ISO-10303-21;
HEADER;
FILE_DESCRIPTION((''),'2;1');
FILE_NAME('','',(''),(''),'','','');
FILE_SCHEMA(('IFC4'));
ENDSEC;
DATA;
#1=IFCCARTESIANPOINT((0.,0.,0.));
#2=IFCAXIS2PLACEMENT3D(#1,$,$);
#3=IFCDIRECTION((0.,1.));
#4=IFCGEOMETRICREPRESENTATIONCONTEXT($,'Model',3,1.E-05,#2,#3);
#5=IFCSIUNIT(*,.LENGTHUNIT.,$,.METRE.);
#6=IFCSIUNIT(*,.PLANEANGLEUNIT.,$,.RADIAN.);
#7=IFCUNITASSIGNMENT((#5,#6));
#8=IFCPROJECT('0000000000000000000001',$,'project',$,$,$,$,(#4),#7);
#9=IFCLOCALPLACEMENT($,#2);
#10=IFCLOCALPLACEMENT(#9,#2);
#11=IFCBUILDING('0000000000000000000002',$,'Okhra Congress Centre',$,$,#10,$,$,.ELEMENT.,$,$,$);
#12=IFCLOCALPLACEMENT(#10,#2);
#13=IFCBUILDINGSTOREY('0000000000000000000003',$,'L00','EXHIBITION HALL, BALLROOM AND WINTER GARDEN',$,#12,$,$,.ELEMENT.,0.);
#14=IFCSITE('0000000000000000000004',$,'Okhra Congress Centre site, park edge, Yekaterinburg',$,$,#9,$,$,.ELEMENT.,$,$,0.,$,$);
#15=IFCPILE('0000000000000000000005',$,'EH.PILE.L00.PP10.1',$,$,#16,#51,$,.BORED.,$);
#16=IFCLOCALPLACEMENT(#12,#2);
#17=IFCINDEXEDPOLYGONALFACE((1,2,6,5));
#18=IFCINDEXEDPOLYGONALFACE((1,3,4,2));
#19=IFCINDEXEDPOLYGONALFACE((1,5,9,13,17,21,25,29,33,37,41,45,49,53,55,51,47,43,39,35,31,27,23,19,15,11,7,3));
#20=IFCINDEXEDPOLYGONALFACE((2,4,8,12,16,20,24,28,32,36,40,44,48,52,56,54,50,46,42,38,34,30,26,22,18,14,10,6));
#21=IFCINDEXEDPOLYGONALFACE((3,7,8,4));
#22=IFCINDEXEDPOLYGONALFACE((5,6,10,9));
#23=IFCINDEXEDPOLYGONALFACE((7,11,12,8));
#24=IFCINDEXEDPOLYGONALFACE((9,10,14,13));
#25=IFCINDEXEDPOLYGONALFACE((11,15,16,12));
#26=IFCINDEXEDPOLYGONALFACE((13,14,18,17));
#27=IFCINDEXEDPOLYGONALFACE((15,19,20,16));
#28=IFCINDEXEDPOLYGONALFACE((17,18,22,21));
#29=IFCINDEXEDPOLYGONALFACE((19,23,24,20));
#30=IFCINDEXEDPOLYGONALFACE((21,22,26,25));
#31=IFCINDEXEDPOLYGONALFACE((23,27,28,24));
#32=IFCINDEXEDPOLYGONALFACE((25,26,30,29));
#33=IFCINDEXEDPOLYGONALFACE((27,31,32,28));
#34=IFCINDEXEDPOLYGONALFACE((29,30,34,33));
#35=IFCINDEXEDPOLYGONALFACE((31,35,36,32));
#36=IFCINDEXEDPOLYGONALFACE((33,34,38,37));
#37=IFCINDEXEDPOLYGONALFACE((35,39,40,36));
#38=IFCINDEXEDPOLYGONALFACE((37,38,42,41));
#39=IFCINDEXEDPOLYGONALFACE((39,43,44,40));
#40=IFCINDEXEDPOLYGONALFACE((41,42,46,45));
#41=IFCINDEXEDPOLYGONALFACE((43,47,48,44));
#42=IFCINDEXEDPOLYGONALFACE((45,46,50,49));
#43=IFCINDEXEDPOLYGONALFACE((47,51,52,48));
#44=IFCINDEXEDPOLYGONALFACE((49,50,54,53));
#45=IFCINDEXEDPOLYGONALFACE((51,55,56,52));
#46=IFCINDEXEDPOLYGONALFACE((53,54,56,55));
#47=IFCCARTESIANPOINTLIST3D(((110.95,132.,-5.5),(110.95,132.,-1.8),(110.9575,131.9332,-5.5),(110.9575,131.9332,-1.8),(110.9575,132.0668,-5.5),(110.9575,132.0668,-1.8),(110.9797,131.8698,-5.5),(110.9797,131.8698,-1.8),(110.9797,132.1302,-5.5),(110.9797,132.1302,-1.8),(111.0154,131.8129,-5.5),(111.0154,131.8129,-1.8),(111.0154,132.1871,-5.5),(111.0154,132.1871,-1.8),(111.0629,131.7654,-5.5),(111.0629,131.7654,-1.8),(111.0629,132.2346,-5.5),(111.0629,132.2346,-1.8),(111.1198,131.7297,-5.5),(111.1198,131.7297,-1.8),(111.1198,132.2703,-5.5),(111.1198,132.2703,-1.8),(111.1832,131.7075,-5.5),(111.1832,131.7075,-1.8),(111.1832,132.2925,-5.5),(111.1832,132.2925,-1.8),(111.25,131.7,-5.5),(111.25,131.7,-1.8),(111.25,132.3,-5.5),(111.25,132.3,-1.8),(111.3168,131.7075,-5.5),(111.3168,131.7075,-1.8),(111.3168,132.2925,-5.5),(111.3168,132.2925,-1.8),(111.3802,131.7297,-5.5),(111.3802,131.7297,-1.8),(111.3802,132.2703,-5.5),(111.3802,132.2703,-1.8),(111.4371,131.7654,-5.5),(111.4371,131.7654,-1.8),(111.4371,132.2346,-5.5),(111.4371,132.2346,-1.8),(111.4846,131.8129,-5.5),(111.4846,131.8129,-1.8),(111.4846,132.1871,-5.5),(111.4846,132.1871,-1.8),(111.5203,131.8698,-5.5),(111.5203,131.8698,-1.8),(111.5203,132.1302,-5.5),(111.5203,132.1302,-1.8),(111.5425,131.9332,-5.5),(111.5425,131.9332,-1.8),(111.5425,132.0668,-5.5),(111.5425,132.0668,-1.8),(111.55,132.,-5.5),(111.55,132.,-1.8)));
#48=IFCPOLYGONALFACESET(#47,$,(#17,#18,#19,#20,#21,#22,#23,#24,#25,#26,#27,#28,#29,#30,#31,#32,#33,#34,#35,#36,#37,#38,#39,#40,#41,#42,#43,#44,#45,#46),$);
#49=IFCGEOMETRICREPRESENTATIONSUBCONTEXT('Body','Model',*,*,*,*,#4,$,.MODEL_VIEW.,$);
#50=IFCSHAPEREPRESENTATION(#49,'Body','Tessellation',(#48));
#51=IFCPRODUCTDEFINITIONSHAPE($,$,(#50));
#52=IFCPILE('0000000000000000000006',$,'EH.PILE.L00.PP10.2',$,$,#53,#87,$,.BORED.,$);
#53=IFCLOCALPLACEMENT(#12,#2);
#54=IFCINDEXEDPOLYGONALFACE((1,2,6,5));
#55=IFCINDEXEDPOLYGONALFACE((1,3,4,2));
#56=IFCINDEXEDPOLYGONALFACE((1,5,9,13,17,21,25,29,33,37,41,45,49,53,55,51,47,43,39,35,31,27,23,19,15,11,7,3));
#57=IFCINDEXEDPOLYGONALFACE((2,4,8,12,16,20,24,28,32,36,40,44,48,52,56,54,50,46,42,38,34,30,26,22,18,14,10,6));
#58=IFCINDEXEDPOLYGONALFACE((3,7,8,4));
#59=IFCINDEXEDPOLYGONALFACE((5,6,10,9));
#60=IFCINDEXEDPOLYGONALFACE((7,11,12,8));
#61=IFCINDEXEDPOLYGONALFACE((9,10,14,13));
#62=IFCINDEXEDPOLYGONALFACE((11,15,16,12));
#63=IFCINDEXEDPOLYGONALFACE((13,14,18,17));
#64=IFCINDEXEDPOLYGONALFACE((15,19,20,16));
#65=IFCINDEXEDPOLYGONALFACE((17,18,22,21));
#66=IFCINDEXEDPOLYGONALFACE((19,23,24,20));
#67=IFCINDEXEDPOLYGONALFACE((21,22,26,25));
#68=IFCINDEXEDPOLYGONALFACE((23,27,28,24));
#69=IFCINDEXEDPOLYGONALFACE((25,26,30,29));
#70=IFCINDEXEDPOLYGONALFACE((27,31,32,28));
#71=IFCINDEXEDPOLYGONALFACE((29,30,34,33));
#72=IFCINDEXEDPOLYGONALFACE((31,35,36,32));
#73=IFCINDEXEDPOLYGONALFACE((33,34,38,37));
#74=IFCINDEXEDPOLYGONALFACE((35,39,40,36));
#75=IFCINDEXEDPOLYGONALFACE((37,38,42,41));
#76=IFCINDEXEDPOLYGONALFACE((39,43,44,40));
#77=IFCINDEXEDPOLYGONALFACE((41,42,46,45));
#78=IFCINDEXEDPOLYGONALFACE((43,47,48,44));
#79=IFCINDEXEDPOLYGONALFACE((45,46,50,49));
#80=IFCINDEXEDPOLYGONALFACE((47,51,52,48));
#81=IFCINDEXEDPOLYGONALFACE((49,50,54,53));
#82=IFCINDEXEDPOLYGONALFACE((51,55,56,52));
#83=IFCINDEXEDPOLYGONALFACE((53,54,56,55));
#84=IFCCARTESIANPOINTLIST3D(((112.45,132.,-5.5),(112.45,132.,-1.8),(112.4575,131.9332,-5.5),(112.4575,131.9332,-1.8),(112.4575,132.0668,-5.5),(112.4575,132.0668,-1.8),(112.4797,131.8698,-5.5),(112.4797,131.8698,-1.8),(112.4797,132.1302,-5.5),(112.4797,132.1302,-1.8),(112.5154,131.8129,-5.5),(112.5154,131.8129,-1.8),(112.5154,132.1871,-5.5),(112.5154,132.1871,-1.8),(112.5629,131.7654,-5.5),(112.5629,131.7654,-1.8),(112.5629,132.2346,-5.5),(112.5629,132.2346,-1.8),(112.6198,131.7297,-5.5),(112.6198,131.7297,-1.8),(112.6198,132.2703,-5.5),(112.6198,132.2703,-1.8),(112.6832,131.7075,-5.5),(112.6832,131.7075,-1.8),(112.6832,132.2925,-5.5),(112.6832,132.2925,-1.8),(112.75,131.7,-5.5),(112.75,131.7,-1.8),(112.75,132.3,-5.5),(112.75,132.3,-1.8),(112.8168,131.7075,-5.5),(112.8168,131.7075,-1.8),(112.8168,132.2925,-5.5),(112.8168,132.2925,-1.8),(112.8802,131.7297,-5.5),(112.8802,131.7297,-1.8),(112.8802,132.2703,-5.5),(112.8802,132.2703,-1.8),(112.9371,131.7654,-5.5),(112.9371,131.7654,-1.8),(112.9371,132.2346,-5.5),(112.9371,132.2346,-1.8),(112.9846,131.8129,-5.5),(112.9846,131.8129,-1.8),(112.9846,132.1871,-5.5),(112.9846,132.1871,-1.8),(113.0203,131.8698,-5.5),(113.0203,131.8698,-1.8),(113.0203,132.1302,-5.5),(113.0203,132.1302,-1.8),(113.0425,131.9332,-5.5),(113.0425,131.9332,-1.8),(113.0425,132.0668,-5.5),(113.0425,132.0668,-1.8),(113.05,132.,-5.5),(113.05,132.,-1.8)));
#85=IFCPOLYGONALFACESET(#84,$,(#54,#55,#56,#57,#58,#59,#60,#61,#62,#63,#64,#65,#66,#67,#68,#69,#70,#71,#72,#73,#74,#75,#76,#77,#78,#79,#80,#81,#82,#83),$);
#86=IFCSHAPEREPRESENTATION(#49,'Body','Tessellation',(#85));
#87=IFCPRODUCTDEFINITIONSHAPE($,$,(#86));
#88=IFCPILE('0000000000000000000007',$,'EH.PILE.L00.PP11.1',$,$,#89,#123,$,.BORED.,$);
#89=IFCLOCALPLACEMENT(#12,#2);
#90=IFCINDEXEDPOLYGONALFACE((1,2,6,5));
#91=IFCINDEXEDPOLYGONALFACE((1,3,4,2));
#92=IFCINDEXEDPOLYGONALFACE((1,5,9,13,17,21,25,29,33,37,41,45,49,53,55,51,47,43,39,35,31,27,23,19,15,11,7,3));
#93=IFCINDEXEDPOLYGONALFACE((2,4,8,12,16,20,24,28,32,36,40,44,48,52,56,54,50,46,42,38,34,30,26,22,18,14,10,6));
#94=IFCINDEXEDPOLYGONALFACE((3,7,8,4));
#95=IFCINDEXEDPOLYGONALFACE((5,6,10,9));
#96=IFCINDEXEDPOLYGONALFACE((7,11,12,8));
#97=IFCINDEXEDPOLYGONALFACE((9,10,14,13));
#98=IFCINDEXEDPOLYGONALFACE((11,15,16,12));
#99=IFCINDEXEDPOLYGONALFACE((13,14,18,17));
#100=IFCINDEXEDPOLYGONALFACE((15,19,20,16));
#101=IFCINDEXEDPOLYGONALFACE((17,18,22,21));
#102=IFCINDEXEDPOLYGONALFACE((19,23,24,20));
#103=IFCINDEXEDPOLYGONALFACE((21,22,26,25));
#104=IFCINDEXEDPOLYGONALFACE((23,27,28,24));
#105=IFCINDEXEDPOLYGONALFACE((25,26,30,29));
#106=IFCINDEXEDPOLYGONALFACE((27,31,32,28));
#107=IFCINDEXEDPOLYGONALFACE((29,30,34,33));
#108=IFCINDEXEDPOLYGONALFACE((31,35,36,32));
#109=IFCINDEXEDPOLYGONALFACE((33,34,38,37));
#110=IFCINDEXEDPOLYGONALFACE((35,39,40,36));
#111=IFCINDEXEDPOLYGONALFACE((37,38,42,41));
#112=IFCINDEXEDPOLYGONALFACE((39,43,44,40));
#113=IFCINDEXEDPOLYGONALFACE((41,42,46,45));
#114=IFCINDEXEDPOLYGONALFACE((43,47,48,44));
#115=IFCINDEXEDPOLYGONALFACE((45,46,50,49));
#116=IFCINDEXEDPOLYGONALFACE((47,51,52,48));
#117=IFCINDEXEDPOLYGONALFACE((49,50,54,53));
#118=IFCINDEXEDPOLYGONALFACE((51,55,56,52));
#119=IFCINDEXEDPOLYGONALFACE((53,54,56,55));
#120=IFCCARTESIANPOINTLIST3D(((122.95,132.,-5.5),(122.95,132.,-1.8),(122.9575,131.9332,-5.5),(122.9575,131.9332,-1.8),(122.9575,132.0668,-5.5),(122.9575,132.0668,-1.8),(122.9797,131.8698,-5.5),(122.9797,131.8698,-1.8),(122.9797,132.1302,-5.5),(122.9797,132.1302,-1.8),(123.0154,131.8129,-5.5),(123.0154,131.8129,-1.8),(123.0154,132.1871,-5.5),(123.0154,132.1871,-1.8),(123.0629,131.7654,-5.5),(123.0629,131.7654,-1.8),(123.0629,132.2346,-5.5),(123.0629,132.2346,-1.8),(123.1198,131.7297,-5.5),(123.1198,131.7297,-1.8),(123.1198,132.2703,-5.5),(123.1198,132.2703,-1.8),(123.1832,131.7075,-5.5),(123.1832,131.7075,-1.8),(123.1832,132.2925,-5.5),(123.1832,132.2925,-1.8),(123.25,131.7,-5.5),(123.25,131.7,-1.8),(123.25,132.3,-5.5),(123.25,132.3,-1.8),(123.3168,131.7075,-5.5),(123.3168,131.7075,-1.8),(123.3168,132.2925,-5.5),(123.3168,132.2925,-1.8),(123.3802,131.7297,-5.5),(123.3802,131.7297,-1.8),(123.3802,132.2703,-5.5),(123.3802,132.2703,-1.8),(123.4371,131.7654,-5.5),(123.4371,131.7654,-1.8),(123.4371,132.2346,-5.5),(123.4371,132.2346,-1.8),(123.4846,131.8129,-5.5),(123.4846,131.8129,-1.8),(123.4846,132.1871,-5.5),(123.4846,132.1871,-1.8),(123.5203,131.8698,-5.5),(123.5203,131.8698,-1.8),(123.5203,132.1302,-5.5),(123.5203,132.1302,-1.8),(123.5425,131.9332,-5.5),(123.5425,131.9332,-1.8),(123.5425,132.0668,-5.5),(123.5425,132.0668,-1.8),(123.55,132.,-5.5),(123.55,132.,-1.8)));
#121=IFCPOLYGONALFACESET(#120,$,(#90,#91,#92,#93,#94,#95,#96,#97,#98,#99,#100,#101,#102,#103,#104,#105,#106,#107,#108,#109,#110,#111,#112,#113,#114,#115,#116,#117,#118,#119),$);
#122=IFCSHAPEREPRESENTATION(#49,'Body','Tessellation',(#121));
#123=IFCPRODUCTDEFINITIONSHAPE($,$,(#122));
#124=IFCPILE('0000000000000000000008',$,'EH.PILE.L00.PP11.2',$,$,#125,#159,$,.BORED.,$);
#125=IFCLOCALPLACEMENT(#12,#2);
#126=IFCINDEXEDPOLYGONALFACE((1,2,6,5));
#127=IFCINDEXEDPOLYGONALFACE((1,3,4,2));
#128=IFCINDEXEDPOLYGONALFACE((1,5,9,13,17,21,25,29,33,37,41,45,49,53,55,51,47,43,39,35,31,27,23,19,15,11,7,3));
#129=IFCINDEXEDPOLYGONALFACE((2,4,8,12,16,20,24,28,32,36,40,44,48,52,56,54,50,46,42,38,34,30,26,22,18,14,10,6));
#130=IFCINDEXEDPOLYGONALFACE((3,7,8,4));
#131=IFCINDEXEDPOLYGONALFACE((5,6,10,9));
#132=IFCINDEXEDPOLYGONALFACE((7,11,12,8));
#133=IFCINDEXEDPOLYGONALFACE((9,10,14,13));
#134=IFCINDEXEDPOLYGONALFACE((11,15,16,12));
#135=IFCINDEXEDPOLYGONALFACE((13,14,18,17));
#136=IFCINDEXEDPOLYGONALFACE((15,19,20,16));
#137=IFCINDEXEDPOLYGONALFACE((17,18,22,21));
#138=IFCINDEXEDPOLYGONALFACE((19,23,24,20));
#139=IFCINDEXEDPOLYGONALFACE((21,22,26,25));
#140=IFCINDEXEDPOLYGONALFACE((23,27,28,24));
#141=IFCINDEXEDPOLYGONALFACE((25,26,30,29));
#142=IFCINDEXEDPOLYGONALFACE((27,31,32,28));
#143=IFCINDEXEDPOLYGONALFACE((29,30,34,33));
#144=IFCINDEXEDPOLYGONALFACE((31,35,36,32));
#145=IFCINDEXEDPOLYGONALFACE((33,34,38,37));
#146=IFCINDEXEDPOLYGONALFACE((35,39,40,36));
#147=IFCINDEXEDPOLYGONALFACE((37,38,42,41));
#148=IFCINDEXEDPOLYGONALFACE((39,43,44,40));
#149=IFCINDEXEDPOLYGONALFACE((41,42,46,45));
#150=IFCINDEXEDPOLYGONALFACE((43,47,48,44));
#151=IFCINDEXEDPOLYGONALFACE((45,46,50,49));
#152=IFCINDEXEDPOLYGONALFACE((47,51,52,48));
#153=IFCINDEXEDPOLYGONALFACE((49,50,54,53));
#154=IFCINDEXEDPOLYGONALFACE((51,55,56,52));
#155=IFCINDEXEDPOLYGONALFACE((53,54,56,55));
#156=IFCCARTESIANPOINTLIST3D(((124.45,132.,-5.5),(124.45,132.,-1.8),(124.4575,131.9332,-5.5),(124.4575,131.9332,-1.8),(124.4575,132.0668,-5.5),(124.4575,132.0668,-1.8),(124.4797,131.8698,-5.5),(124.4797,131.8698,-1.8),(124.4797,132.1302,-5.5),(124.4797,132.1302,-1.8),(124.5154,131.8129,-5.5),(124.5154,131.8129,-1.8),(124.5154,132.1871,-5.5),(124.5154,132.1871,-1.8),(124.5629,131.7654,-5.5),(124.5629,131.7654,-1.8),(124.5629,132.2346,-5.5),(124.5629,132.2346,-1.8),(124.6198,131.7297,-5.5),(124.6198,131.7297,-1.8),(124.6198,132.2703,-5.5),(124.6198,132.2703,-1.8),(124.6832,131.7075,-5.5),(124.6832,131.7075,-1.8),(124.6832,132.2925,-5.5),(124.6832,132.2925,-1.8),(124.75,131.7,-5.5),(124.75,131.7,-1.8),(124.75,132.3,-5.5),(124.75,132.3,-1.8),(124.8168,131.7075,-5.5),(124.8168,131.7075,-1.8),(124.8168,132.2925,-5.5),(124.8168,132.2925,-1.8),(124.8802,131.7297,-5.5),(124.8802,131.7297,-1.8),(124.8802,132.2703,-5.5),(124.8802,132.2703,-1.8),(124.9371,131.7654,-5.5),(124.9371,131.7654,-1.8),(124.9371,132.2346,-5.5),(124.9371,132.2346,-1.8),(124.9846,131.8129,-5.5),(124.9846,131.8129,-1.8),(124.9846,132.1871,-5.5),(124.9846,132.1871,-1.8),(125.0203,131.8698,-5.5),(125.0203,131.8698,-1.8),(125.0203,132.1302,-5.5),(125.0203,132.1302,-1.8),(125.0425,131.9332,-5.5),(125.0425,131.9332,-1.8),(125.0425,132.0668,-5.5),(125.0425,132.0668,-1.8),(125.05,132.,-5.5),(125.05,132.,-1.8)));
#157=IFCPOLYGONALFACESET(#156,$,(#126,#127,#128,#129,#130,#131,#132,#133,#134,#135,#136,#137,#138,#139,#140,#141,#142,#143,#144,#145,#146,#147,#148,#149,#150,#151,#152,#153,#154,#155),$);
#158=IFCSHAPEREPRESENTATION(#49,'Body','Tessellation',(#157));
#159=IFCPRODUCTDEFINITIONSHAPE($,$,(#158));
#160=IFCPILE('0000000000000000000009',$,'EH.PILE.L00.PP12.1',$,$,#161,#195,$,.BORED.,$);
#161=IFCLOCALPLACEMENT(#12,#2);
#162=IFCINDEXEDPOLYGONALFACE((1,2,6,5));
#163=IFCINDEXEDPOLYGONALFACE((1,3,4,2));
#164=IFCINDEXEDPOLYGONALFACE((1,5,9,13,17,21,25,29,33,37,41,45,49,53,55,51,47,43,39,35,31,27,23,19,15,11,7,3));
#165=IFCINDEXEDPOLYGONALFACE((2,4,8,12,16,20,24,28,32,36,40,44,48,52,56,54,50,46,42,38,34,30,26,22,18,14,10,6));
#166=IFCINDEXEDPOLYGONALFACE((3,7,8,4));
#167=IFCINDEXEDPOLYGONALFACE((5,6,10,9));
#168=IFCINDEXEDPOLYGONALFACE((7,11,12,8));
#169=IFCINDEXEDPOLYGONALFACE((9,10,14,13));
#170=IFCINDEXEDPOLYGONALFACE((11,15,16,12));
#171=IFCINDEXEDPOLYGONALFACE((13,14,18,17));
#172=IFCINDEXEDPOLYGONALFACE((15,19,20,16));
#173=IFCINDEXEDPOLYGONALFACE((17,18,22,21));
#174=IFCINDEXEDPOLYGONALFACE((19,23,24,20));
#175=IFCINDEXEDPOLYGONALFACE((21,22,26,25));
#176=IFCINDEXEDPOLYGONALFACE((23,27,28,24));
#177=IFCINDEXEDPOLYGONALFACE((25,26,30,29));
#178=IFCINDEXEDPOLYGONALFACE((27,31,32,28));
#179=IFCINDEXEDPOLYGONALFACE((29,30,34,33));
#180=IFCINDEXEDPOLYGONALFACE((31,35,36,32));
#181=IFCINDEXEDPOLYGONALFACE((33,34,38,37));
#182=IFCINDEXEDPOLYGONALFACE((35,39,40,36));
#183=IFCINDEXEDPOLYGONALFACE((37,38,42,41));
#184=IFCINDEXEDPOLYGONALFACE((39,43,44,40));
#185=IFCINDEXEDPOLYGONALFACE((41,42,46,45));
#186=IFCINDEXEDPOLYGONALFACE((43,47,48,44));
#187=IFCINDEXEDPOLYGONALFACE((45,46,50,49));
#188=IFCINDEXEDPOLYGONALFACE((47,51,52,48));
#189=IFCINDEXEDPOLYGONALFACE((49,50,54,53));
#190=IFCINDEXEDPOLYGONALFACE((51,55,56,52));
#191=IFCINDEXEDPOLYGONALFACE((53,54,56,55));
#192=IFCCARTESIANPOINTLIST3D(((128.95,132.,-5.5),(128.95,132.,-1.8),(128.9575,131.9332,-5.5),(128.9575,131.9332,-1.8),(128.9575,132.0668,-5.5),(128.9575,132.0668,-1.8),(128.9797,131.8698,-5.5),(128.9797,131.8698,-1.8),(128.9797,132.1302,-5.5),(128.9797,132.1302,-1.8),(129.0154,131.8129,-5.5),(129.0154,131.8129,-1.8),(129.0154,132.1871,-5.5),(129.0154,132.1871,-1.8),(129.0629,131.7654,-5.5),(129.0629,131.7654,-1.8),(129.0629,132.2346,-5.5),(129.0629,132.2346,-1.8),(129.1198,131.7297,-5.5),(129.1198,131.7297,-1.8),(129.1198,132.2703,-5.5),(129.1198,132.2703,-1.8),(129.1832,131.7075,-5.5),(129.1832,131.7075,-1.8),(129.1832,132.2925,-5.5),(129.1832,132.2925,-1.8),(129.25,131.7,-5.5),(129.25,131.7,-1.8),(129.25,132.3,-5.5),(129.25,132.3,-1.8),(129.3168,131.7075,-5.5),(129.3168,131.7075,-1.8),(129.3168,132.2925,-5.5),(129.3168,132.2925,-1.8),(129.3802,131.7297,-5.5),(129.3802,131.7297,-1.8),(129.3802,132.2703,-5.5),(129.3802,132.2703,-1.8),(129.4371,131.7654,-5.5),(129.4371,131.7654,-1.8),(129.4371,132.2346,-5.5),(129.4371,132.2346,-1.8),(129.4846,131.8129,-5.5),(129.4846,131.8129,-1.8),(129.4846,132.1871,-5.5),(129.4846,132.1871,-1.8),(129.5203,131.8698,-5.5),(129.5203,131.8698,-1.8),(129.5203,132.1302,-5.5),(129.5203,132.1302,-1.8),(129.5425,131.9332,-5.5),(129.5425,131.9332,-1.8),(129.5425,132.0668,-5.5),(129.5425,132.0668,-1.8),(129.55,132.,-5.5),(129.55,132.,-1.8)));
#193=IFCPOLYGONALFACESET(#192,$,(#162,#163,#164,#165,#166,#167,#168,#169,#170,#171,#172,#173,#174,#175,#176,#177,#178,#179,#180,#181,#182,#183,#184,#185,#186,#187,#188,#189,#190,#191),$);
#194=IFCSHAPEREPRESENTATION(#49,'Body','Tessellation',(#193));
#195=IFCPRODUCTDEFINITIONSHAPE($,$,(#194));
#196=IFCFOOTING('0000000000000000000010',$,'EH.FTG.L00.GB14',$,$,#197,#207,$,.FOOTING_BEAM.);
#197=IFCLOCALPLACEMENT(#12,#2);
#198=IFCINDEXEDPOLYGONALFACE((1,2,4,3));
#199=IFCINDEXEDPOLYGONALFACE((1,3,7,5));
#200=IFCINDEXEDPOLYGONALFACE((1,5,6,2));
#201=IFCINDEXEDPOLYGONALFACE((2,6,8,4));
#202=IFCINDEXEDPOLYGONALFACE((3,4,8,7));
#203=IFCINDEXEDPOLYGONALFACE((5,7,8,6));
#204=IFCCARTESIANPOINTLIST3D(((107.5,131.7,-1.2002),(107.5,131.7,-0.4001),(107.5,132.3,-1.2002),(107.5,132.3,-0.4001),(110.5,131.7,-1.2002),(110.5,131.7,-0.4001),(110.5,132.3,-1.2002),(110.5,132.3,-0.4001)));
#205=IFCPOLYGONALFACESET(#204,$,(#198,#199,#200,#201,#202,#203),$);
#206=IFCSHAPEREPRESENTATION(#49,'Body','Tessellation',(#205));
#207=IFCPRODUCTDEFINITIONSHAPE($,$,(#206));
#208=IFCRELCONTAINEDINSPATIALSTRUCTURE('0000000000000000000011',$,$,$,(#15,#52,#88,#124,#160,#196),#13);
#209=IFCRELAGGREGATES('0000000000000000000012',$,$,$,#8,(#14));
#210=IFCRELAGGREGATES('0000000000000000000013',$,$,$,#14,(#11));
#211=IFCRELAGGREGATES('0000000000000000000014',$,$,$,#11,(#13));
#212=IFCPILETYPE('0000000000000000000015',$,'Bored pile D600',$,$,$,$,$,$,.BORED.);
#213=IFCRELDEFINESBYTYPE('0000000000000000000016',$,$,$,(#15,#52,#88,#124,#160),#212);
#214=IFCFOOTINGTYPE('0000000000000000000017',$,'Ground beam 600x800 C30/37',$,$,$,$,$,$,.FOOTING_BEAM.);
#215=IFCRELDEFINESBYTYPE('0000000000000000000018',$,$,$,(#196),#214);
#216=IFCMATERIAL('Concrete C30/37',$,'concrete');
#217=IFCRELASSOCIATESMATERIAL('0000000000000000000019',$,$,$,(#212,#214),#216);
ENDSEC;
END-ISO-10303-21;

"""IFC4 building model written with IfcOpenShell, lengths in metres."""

from ifc_helpers import new_model, si_unit, direction, frame, origin, origin_2d, place, context, subcontext, project, spatial, rectangle, circle, extrude, material, material_profile, profile_set, type_object, element, save


model = new_model("IFC4")

# Units and contexts
model_context = context("Model", 3, precision=1e-05, world=origin(), true_north=direction((0.0, 1.0)))
body_context = subcontext(model_context, "Body", "Model", "MODEL_VIEW")
ifc_project = project(units=[si_unit("LENGTHUNIT", "METRE"), si_unit("PLANEANGLEUNIT", "RADIAN")], contexts=[model_context])

# Site, building, storey
site_placement = place(None, origin())
site = spatial("IfcSite", under=ifc_project, at=site_placement, Name="Okhra Congress Centre site, park edge, Yekaterinburg", CompositionType="ELEMENT", RefElevation=0.0)
building_placement = place(site_placement, origin())
building = spatial("IfcBuilding", under=site, at=building_placement, Name="Okhra Congress Centre", CompositionType="ELEMENT")
storey_placement = place(building_placement, origin())
storey = spatial("IfcBuildingStorey", under=building, at=storey_placement, Name="L00", Description="EXHIBITION HALL, BALLROOM AND WINTER GARDEN", CompositionType="ELEMENT", Elevation=0.0)

# Piles
ifc_material_1 = material(Name="Concrete C30/37", Category="concrete")
ifc_material_profile_1 = material_profile(ifc_material_1, circle(Radius=0.3, at=origin_2d()), Name="D600")
ifc_profile_set_1 = profile_set([ifc_material_profile_1], Name="Concrete C30/37")
pile_type = type_object("IfcPileType", Name="Bored pile D600", PredefinedType="BORED", material=ifc_profile_set_1)
for number, where, z_axis, x_axis, name in (
    (1, (111.25, 132.0, -1.8), (0.0, 0.0, -1.0), (1.0, 0.0, 0.0), "EH.PILE.L00.PP10.1"),
    (2, (112.75, 132.0, -1.8), (0.0, 0.0, -1.0), (1.0, 0.0, 0.0), "EH.PILE.L00.PP10.2"),
    (3, (123.25, 132.0, -1.8), (0.0, 0.0, -1.0), (1.0, 0.0, 0.0), "EH.PILE.L00.PP11.1"),
    (4, (124.75, 132.0, -1.8), (0.0, 0.0, -1.0), (1.0, 0.0, 0.0), "EH.PILE.L00.PP11.2"),
    (5, (129.25, 132.0, -1.8), (0.0, 0.0, -1.0), (1.0, 0.0, 0.0), "EH.PILE.L00.PP12.1"),
):
    element("IfcPile", number, at=place(storey_placement, frame(where, z_axis=z_axis, x_axis=x_axis)), inside=storey, type_object=pile_type, Name=name, PredefinedType="BORED", context=body_context, shape_type="SweptSolid", body=[
        extrude(circle(Radius=0.3, at=origin_2d()), origin(), (0.0, 0.0, 1.0), 3.7),
    ])

# Footing
footing_type_1 = type_object("IfcFootingType", Name="Ground beam 600x800 C30/37", PredefinedType="FOOTING_BEAM", material=ifc_material_1)
footing_1_placement = place(storey_placement, frame((109.0, 132.0, -1.2002), z_axis=(0.0, 0.0, 1.0), x_axis=(1.0, 0.0, 0.0)))
element("IfcFooting", 6, at=footing_1_placement, inside=storey, type_object=footing_type_1, Name="EH.FTG.L00.GB14", PredefinedType="FOOTING_BEAM", context=body_context, shape_type="SweptSolid", body=[
    extrude(rectangle(XDim=3.0, YDim=0.6001, at=origin_2d()), origin(), (0.0, 0.0, 1.0), 0.8),
])

save(model, "model.ifc")
